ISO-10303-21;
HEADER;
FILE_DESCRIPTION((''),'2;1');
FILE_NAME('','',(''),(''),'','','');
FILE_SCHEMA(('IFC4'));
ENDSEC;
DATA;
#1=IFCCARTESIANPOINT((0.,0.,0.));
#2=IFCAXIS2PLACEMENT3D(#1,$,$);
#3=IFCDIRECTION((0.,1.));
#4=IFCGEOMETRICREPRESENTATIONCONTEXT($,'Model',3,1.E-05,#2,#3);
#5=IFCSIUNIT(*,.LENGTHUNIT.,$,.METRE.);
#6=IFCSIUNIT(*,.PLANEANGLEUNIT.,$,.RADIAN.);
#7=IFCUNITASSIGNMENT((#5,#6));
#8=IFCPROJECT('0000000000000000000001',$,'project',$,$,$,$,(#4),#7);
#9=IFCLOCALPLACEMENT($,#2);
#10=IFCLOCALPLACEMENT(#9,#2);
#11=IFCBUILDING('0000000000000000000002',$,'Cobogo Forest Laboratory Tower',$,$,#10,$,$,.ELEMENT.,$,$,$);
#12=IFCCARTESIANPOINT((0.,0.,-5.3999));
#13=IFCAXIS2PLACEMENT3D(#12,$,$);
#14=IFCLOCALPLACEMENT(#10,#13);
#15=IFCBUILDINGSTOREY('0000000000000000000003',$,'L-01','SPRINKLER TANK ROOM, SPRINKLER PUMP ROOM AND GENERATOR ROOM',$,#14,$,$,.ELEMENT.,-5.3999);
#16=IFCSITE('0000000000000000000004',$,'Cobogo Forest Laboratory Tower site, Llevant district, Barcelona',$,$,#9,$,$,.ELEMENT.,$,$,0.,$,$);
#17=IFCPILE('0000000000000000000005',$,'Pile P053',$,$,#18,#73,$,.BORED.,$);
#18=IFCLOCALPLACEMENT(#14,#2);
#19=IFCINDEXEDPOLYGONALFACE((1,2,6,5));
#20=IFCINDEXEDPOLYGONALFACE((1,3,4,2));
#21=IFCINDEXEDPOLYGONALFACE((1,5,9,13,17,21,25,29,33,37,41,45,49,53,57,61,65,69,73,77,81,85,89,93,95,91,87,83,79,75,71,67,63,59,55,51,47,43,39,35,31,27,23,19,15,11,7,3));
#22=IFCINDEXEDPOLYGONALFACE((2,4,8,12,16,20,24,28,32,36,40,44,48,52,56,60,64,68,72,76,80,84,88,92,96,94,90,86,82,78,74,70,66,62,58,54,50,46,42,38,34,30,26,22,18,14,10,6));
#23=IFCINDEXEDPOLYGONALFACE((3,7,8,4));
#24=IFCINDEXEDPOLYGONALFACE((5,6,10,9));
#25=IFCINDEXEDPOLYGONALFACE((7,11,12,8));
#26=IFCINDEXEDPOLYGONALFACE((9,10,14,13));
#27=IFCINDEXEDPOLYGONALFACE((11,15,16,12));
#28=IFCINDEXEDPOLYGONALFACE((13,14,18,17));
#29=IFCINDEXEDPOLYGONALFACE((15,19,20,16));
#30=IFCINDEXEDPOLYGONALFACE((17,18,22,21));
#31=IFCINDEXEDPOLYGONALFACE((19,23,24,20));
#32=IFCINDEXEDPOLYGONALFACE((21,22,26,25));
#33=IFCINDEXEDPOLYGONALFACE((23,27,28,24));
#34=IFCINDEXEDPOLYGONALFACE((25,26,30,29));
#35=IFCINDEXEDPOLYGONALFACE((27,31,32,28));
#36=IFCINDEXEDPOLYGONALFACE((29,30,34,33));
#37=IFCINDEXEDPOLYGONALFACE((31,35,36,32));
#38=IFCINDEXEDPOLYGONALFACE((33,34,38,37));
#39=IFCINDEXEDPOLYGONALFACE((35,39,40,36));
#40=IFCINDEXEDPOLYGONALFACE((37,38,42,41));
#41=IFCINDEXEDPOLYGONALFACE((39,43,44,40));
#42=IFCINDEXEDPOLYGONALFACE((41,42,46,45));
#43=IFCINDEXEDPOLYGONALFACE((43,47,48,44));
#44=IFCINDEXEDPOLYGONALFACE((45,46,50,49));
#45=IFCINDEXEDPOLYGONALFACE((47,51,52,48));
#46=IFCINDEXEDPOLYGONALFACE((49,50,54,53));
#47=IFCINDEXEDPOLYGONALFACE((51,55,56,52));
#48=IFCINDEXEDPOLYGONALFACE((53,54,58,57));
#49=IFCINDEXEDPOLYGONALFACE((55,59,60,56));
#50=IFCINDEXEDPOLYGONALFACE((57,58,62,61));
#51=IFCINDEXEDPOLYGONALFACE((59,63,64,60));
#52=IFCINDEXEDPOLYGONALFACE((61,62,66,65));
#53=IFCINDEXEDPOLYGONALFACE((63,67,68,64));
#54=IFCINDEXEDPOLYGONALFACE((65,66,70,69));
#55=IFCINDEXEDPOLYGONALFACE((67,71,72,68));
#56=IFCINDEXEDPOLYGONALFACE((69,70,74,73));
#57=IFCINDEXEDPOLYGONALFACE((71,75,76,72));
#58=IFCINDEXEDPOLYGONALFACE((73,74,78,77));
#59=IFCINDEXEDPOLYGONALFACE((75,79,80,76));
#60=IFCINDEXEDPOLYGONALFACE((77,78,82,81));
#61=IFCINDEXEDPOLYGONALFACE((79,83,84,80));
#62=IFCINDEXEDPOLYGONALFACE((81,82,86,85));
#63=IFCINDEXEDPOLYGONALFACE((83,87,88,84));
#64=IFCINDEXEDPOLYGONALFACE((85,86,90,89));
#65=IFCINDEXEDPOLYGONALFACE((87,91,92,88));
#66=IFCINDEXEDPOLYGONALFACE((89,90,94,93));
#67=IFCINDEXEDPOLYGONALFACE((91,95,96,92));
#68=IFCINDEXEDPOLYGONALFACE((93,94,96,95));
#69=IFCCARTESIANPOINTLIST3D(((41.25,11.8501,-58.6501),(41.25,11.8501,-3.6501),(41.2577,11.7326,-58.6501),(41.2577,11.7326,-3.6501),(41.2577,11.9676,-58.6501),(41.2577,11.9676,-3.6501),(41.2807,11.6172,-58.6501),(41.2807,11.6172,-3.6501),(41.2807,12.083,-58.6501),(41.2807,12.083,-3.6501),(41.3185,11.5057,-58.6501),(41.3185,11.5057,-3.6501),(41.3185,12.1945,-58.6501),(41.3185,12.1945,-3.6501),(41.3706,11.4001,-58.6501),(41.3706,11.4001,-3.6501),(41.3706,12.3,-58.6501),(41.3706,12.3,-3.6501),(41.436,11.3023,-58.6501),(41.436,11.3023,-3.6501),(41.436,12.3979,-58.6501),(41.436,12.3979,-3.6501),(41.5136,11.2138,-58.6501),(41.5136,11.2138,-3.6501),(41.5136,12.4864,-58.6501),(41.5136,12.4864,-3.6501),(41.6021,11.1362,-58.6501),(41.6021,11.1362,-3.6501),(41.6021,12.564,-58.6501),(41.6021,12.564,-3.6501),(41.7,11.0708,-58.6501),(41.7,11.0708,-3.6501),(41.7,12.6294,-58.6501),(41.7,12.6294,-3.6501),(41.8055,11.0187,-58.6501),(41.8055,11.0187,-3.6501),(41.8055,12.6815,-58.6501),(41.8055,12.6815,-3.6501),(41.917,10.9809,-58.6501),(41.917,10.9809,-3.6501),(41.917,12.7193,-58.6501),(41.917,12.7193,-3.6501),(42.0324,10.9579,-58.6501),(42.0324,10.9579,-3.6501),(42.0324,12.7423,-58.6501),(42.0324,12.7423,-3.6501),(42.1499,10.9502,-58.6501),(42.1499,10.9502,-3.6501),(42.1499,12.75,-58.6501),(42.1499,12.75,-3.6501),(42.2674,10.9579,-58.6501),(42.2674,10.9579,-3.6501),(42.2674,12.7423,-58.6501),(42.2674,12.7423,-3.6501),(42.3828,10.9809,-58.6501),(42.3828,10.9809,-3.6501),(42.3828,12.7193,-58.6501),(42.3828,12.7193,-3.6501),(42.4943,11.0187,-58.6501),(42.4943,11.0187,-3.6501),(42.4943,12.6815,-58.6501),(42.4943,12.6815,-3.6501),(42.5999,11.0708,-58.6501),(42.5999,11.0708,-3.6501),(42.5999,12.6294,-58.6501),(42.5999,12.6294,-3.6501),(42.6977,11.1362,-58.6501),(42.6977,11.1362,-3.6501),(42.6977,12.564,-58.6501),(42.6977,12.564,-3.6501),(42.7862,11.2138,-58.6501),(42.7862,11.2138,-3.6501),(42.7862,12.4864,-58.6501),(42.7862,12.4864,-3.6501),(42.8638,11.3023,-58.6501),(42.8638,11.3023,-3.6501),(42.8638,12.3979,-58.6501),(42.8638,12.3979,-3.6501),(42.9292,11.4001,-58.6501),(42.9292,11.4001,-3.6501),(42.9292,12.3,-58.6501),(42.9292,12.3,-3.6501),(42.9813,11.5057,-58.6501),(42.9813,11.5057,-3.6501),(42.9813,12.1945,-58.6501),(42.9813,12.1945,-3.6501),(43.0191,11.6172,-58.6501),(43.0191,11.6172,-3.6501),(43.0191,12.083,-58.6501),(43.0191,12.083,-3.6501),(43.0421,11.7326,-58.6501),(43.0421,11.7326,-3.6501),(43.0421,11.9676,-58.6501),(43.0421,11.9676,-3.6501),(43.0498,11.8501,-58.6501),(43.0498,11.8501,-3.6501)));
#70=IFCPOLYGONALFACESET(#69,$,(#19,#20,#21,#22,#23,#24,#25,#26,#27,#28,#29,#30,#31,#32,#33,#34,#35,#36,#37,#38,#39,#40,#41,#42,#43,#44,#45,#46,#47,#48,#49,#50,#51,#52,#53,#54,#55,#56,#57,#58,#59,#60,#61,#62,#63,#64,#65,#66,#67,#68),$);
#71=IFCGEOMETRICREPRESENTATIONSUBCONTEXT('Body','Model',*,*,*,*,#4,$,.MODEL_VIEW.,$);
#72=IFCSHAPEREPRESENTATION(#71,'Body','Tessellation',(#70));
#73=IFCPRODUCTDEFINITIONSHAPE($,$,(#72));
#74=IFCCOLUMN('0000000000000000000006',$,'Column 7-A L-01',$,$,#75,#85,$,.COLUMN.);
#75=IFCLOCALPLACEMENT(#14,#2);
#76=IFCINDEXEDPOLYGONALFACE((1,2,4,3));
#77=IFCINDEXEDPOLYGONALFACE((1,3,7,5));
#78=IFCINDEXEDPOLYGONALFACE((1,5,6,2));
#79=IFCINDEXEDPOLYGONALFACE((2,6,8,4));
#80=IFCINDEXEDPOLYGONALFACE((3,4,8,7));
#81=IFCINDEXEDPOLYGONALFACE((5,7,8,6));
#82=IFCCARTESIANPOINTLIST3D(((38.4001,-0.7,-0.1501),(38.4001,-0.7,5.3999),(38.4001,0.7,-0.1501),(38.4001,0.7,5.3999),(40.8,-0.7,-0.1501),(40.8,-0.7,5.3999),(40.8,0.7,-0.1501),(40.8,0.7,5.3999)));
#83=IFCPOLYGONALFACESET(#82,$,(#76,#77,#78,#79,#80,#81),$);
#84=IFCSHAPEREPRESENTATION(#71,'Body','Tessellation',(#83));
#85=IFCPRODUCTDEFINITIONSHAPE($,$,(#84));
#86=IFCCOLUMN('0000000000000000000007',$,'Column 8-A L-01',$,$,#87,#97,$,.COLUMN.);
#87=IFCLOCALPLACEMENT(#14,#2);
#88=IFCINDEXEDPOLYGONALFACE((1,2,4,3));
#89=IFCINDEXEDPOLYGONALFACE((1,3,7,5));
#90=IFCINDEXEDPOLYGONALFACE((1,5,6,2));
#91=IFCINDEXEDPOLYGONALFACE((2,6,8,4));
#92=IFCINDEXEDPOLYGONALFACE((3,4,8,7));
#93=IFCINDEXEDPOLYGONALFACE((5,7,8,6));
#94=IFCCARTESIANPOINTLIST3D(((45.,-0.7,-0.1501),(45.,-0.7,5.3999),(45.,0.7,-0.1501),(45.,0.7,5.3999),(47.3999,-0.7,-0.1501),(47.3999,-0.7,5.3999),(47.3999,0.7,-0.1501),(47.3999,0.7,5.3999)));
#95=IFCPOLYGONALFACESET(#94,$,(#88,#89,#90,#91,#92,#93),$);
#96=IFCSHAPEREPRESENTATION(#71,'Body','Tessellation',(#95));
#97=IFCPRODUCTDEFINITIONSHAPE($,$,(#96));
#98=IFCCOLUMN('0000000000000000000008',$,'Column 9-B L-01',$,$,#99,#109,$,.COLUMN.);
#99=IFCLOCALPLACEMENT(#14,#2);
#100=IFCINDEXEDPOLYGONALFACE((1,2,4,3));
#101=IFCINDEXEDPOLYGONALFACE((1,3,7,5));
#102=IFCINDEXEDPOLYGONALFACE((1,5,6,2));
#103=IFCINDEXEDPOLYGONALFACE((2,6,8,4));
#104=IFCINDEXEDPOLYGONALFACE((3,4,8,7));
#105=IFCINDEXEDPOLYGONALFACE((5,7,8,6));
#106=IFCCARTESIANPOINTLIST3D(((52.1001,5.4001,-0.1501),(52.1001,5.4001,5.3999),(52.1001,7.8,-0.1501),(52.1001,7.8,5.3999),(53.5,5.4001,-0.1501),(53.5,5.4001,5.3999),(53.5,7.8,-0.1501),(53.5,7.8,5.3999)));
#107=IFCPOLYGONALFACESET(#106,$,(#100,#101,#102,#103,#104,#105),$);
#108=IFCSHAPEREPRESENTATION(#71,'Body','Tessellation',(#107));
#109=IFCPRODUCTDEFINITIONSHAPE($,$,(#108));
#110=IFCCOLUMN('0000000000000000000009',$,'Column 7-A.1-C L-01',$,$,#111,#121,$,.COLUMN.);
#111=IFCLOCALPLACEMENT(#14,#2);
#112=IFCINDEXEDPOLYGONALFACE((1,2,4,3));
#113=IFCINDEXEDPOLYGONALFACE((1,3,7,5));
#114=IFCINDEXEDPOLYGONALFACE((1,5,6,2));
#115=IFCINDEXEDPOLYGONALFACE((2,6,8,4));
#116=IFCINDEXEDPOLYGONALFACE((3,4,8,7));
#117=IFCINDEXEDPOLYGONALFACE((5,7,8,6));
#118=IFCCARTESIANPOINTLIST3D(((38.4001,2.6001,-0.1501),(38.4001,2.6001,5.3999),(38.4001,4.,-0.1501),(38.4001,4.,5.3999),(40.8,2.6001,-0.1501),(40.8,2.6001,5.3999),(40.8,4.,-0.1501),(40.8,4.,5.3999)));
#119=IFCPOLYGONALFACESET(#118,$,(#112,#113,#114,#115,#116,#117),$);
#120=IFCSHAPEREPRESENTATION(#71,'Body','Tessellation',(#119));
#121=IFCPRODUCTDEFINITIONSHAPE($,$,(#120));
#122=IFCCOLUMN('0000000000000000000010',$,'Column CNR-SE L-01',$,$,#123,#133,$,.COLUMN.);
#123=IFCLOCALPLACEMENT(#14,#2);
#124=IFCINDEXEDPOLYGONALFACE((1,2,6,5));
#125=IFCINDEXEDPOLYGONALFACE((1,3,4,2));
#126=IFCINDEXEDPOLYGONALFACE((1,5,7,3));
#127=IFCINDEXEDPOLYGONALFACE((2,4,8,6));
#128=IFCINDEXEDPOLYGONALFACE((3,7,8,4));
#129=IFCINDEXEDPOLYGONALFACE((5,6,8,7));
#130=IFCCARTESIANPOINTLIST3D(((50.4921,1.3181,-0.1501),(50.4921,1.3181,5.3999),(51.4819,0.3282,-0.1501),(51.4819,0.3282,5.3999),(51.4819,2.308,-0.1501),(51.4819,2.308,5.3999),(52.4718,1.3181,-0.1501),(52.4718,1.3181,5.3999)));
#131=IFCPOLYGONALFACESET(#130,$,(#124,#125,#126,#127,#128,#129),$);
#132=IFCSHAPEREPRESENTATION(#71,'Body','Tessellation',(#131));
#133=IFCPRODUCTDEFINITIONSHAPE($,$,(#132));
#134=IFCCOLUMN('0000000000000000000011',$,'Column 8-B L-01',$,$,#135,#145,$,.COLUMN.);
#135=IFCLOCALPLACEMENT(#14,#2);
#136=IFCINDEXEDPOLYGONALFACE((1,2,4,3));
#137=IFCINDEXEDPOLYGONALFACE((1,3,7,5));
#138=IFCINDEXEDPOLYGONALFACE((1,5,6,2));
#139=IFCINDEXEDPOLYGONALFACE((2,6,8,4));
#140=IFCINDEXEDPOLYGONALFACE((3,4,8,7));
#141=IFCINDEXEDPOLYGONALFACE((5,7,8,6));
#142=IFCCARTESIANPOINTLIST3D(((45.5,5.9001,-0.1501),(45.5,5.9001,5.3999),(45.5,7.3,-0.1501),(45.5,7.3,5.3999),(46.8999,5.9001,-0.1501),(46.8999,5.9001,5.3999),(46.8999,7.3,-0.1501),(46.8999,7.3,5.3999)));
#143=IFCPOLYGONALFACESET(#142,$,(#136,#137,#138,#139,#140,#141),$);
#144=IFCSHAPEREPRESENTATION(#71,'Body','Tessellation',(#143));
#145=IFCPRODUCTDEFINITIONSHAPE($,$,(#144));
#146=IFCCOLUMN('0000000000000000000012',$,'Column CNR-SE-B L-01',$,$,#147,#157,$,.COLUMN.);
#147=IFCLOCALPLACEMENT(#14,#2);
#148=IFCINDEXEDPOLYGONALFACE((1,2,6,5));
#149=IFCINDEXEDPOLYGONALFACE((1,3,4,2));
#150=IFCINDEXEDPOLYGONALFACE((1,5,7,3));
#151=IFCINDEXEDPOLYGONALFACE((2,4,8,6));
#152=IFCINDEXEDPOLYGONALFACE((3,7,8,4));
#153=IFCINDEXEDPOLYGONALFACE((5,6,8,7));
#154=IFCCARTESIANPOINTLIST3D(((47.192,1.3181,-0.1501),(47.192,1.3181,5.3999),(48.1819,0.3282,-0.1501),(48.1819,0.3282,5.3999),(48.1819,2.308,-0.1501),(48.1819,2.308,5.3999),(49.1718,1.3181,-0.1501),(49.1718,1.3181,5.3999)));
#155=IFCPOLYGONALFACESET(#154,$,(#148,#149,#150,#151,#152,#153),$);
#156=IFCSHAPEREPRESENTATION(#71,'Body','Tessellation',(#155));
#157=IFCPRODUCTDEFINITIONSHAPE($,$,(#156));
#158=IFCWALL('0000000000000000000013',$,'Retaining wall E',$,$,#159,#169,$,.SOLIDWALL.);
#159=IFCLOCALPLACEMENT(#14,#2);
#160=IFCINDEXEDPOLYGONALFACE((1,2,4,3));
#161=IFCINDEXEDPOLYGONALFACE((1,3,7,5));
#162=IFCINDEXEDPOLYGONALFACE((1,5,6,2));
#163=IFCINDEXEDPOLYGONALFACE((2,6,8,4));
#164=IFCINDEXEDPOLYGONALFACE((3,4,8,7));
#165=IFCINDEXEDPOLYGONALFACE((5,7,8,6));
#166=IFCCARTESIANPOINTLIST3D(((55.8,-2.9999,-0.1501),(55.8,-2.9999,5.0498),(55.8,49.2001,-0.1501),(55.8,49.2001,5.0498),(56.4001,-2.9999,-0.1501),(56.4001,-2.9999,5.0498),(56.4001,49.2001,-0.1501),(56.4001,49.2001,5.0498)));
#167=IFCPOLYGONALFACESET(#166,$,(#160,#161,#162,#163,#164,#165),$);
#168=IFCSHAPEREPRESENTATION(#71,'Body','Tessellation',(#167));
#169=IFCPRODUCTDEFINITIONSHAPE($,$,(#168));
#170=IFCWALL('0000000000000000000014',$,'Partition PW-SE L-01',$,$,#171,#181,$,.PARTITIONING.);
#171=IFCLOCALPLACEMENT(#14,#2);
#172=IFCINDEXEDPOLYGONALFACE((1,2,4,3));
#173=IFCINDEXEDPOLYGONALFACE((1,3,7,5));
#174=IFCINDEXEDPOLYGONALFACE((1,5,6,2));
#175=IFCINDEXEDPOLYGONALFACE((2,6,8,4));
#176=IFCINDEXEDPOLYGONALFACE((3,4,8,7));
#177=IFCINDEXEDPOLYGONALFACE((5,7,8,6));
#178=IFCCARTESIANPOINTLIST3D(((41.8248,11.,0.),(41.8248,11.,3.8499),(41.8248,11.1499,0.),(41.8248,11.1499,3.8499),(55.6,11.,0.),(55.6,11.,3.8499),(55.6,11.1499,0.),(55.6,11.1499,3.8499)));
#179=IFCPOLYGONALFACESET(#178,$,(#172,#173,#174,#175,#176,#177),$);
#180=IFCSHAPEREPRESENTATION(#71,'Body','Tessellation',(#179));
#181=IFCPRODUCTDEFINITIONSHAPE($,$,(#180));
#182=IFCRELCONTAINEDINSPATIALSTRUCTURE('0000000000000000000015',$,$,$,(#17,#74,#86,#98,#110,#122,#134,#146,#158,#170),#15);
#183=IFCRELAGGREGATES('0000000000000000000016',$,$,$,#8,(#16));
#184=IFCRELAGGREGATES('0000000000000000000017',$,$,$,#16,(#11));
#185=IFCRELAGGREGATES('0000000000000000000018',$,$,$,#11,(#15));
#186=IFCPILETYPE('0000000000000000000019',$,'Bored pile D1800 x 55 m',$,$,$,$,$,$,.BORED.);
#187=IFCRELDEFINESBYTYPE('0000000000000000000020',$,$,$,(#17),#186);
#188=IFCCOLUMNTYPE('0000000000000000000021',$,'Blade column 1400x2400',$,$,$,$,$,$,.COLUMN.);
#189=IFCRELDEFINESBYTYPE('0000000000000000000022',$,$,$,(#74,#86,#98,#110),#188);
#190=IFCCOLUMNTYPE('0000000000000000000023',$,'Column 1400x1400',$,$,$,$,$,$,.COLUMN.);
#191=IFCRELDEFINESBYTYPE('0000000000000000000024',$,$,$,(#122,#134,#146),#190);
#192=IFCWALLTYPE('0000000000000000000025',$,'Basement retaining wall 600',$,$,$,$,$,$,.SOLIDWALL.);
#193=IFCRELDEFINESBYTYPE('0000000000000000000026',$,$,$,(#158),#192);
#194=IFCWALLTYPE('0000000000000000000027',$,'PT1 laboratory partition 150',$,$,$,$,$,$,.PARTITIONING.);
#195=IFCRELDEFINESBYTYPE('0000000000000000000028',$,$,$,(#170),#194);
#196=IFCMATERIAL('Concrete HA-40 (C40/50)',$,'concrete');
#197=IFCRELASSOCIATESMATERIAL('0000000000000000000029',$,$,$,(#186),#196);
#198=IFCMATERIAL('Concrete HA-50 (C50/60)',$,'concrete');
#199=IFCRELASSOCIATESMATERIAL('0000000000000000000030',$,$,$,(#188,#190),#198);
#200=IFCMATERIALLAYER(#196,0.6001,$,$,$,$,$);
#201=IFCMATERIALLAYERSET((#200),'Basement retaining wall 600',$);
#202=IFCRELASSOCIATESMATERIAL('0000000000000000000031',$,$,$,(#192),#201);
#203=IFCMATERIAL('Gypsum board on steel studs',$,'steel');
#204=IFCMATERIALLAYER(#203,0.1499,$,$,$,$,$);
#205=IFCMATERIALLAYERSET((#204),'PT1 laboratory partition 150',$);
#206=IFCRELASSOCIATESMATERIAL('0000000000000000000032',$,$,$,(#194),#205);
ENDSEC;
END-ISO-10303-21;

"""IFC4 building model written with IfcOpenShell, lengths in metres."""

from ifc_helpers import new_model, si_unit, direction, frame, frame_2d, origin, origin_2d, place, context, subcontext, project, spatial, rectangle, circle, extrude, material, layer, layer_set, material_profile, profile_set, type_object, element, save


model = new_model("IFC4")

# Units and contexts
model_context = context("Model", 3, precision=1e-05, world=origin(), true_north=direction((0.0, 1.0)))
body_context = subcontext(model_context, "Body", "Model", "MODEL_VIEW")
ifc_project = project(units=[si_unit("LENGTHUNIT", "METRE"), si_unit("PLANEANGLEUNIT", "RADIAN")], contexts=[model_context])

# Site, building, storey
site_placement = place(None, origin())
site = spatial("IfcSite", under=ifc_project, at=site_placement, Name="Cobogo Forest Laboratory Tower site, Llevant district, Barcelona", CompositionType="ELEMENT", RefElevation=0.0)
building_placement = place(site_placement, origin())
building = spatial("IfcBuilding", under=site, at=building_placement, Name="Cobogo Forest Laboratory Tower", CompositionType="ELEMENT")
storey_placement = place(building_placement, frame((0.0, 0.0, -5.3999)))
storey = spatial("IfcBuildingStorey", under=building, at=storey_placement, Name="L-01", Description="SPRINKLER TANK ROOM, SPRINKLER PUMP ROOM AND GENERATOR ROOM", CompositionType="ELEMENT", Elevation=-5.3999)

# Pile
ifc_material_1 = material(Name="Concrete HA-40 (C40/50)", Category="concrete")
ifc_material_profile_1 = material_profile(ifc_material_1, circle(Radius=0.8999, at=origin_2d()), Name="PILE D1800")
ifc_profile_set_1 = profile_set([ifc_material_profile_1], Name="Concrete HA-40 (C40/50)")
pile_type_1 = type_object("IfcPileType", Name="Bored pile D1800 x 55 m", PredefinedType="BORED", material=ifc_profile_set_1)
for number, where, z_axis, x_axis, name in (
    (1, (42.1499, 11.8501, -3.6501), (0.0, 0.0, -1.0), (1.0, 0.0, 0.0), "Pile P053"),
):
    element("IfcPile", number, at=place(storey_placement, frame(where, z_axis=z_axis, x_axis=x_axis)), inside=storey, type_object=pile_type_1, Name=name, PredefinedType="BORED", context=body_context, shape_type="SweptSolid", body=[
        extrude(circle(Radius=0.8999, at=origin_2d()), origin(), (0.0, 0.0, 1.0), 55.0),
    ])

# Columns
ifc_material_2 = material(Name="Concrete HA-50 (C50/60)", Category="concrete")
ifc_material_profile_2 = material_profile(ifc_material_2, rectangle(XDim=2.3999, YDim=1.3999, at=origin_2d()), Name="RC 1400x2400")
ifc_profile_set_2 = profile_set([ifc_material_profile_2], Name="Concrete HA-50 (C50/60)")
column_type_1 = type_object("IfcColumnType", Name="Blade column 1400x2400", PredefinedType="COLUMN", material=ifc_profile_set_2)
for number, where, z_axis, x_axis, name in (
    (2, (39.6001, 0.0, -0.1501), (0.0, 0.0, 1.0), (1.0, 0.0, 0.0), "Column 7-A L-01"),
    (3, (46.2, 0.0, -0.1501), (0.0, 0.0, 1.0), (1.0, 0.0, 0.0), "Column 8-A L-01"),
    (4, (52.8, 6.6001, -0.1501), (0.0, 0.0, 1.0), (0.0, 1.0, 0.0), "Column 9-B L-01"),
    (5, (39.6001, 3.3, -0.1501), (0.0, 0.0, 1.0), (1.0, 0.0, 0.0), "Column 7-A.1-C L-01"),
):
    element("IfcColumn", number, at=place(storey_placement, frame(where, z_axis=z_axis, x_axis=x_axis)), inside=storey, type_object=column_type_1, Name=name, PredefinedType="COLUMN", context=body_context, shape_type="SweptSolid", body=[
        extrude(rectangle(XDim=2.3999, YDim=1.3999, at=origin_2d()), origin(), (0.0, 0.0, 1.0), 5.55),
    ])
ifc_material_profile_3 = material_profile(ifc_material_2, rectangle(XDim=1.3999, YDim=1.3999, at=origin_2d()), Name="RC 1400x1400")
ifc_profile_set_3 = profile_set([ifc_material_profile_3], Name="Concrete HA-50 (C50/60)")
column_type_2 = type_object("IfcColumnType", Name="Column 1400x1400", PredefinedType="COLUMN", material=ifc_profile_set_3)
for number, where, z_axis, x_axis, name in (
    (6, (51.4819, 1.3181, -0.1501), (0.0, 0.0, 1.0), (0.707107, 0.707107, 0.0), "Column CNR-SE L-01"),
    (7, (46.2, 6.6001, -0.1501), (0.0, 0.0, 1.0), (1.0, 0.0, 0.0), "Column 8-B L-01"),
    (8, (48.1819, 1.3181, -0.1501), (0.0, 0.0, 1.0), (0.707107, 0.707107, 0.0), "Column CNR-SE-B L-01"),
):
    element("IfcColumn", number, at=place(storey_placement, frame(where, z_axis=z_axis, x_axis=x_axis)), inside=storey, type_object=column_type_2, Name=name, PredefinedType="COLUMN", context=body_context, shape_type="SweptSolid", body=[
        extrude(rectangle(XDim=1.3999, YDim=1.3999, at=origin_2d()), origin(), (0.0, 0.0, 1.0), 5.55),
    ])

# Walls
ifc_layer_1 = layer(ifc_material_1, 0.6001)
ifc_layer_set_1 = layer_set([ifc_layer_1], Name="Basement retaining wall 600")
wall_type_1 = type_object("IfcWallType", Name="Basement retaining wall 600", PredefinedType="SOLIDWALL", material=ifc_layer_set_1)
wall_1_placement = place(storey_placement, frame((56.1001, -3.0, -0.1501), z_axis=(0.0, 0.0, 1.0), x_axis=(0.0, 1.0, 0.0)))
element("IfcWall", 9, at=wall_1_placement, inside=storey, type_object=wall_type_1, Name="Retaining wall E", PredefinedType="SOLIDWALL", context=body_context, shape_type="SweptSolid", body=[
    extrude(rectangle(XDim=52.2, YDim=0.6001, at=frame_2d((26.1001, 0.0))), origin(), (0.0, 0.0, 1.0), 5.2),
])
ifc_material_3 = material(Name="Gypsum board on steel studs", Category="steel")
ifc_layer_2 = layer(ifc_material_3, 0.1499)
ifc_layer_set_2 = layer_set([ifc_layer_2], Name="PT1 laboratory partition 150")
wall_type_2 = type_object("IfcWallType", Name="PT1 laboratory partition 150", PredefinedType="PARTITIONING", material=ifc_layer_set_2)
wall_2_placement = place(storey_placement, frame((55.6001, 11.075, 0.0), z_axis=(0.0, 0.0, 1.0), x_axis=(-1.0, 0.0, 0.0)))
element("IfcWall", 10, at=wall_2_placement, inside=storey, type_object=wall_type_2, Name="Partition PW-SE L-01", PredefinedType="PARTITIONING", context=body_context, shape_type="SweptSolid", body=[
    extrude(rectangle(XDim=13.7751, YDim=0.1499, at=frame_2d((6.8877, 0.0))), origin(), (0.0, 0.0, 1.0), 3.8499),
])

save(model, "model.ifc")
